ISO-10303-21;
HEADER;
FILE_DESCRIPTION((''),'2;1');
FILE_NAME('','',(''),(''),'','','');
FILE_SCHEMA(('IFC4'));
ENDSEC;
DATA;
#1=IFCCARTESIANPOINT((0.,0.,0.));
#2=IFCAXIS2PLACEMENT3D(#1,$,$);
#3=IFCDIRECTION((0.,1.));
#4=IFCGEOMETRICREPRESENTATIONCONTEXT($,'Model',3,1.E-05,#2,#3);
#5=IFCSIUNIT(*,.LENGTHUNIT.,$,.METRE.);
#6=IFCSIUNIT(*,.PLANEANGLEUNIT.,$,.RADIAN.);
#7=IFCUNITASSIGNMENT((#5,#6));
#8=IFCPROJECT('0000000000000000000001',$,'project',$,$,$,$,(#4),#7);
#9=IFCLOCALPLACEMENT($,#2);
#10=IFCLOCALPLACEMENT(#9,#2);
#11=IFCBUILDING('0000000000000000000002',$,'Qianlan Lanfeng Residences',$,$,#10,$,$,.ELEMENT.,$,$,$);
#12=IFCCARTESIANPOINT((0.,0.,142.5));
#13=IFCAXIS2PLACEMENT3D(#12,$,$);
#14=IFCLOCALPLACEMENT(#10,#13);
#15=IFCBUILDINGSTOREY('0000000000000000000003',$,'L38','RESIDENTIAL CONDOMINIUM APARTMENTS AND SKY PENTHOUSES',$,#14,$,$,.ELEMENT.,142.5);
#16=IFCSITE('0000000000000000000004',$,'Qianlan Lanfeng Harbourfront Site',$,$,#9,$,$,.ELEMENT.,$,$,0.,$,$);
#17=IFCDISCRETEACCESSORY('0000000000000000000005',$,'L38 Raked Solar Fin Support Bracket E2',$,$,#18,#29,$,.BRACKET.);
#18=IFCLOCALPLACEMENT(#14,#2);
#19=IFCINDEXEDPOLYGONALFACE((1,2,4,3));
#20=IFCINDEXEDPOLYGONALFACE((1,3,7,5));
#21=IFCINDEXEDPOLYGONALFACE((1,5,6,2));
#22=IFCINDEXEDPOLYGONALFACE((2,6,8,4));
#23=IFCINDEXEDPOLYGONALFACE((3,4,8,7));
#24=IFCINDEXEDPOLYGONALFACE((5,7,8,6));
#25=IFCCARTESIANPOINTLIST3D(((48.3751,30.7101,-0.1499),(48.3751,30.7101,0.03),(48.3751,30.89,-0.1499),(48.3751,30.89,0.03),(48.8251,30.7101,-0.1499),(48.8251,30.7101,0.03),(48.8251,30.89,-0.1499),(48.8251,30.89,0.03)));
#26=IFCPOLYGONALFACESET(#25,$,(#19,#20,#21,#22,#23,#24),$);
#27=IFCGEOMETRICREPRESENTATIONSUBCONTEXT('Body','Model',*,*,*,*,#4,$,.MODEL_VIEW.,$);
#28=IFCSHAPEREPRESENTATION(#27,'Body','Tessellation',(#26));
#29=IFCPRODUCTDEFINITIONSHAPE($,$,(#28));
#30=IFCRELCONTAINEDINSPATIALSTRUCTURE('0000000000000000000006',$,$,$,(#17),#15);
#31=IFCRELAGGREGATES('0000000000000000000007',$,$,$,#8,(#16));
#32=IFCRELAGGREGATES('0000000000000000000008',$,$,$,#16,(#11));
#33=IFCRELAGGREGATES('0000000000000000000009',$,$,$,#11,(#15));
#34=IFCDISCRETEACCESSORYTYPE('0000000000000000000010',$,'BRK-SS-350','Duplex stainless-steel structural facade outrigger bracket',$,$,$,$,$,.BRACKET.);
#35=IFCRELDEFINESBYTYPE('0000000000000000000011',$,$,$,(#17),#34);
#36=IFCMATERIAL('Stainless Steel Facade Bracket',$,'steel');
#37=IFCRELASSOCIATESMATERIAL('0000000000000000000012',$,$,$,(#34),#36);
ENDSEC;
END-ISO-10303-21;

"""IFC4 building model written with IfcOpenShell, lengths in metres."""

from ifc_helpers import new_model, si_unit, direction, frame, origin, origin_2d, place, context, subcontext, project, spatial, rectangle, extrude, source, transform, mapped, material, type_object, element, save


model = new_model("IFC4")

# Units and contexts
model_context = context("Model", 3, precision=1e-05, world=origin(), true_north=direction((0.0, 1.0)))
body_context = subcontext(model_context, "Body", "Model", "MODEL_VIEW")
ifc_project = project(units=[si_unit("LENGTHUNIT", "METRE"), si_unit("PLANEANGLEUNIT", "RADIAN")], contexts=[model_context])

# Site, building, storey
site_placement = place(None, origin())
site = spatial("IfcSite", under=ifc_project, at=site_placement, Name="Qianlan Lanfeng Harbourfront Site", CompositionType="ELEMENT", RefElevation=0.0)
building_placement = place(site_placement, origin())
building = spatial("IfcBuilding", under=site, at=building_placement, Name="Qianlan Lanfeng Residences", CompositionType="ELEMENT")
storey_placement = place(building_placement, frame((0.0, 0.0, 142.5)))
storey = spatial("IfcBuildingStorey", under=building, at=storey_placement, Name="L38", Description="RESIDENTIAL CONDOMINIUM APARTMENTS AND SKY PENTHOUSES", CompositionType="ELEMENT", Elevation=142.5)

# Discrete accessory
ifc_material_1 = material(Name="Stainless Steel Facade Bracket", Category="steel")
discrete_accessory_type = type_object("IfcDiscreteAccessoryType", Name="BRK-SS-350", Description="Duplex stainless-steel structural facade outrigger bracket", PredefinedType="BRACKET", material=ifc_material_1)
shared_shape_1 = source(origin(), body_context, "Body", "SweptSolid", [
    extrude(rectangle(XDim=0.45, YDim=0.1799, at=origin_2d()), origin(), (0.0, 0.0, 1.0), 0.1799),
])
discrete_accessory_placement = place(storey_placement, frame((48.6001, 30.8, -0.1499), z_axis=(0.0, 0.0, 1.0), x_axis=(1.0, 0.0, 0.0)))
element("IfcDiscreteAccessory", 1, at=discrete_accessory_placement, inside=storey, type_object=discrete_accessory_type, Name="L38 Raked Solar Fin Support Bracket E2", PredefinedType="BRACKET", context=body_context, shape_type="MappedRepresentation", body=[
    mapped(shared_shape_1, transform((0.0, 0.0, 0.0), scale=1.0)),
])

save(model, "model.ifc")
